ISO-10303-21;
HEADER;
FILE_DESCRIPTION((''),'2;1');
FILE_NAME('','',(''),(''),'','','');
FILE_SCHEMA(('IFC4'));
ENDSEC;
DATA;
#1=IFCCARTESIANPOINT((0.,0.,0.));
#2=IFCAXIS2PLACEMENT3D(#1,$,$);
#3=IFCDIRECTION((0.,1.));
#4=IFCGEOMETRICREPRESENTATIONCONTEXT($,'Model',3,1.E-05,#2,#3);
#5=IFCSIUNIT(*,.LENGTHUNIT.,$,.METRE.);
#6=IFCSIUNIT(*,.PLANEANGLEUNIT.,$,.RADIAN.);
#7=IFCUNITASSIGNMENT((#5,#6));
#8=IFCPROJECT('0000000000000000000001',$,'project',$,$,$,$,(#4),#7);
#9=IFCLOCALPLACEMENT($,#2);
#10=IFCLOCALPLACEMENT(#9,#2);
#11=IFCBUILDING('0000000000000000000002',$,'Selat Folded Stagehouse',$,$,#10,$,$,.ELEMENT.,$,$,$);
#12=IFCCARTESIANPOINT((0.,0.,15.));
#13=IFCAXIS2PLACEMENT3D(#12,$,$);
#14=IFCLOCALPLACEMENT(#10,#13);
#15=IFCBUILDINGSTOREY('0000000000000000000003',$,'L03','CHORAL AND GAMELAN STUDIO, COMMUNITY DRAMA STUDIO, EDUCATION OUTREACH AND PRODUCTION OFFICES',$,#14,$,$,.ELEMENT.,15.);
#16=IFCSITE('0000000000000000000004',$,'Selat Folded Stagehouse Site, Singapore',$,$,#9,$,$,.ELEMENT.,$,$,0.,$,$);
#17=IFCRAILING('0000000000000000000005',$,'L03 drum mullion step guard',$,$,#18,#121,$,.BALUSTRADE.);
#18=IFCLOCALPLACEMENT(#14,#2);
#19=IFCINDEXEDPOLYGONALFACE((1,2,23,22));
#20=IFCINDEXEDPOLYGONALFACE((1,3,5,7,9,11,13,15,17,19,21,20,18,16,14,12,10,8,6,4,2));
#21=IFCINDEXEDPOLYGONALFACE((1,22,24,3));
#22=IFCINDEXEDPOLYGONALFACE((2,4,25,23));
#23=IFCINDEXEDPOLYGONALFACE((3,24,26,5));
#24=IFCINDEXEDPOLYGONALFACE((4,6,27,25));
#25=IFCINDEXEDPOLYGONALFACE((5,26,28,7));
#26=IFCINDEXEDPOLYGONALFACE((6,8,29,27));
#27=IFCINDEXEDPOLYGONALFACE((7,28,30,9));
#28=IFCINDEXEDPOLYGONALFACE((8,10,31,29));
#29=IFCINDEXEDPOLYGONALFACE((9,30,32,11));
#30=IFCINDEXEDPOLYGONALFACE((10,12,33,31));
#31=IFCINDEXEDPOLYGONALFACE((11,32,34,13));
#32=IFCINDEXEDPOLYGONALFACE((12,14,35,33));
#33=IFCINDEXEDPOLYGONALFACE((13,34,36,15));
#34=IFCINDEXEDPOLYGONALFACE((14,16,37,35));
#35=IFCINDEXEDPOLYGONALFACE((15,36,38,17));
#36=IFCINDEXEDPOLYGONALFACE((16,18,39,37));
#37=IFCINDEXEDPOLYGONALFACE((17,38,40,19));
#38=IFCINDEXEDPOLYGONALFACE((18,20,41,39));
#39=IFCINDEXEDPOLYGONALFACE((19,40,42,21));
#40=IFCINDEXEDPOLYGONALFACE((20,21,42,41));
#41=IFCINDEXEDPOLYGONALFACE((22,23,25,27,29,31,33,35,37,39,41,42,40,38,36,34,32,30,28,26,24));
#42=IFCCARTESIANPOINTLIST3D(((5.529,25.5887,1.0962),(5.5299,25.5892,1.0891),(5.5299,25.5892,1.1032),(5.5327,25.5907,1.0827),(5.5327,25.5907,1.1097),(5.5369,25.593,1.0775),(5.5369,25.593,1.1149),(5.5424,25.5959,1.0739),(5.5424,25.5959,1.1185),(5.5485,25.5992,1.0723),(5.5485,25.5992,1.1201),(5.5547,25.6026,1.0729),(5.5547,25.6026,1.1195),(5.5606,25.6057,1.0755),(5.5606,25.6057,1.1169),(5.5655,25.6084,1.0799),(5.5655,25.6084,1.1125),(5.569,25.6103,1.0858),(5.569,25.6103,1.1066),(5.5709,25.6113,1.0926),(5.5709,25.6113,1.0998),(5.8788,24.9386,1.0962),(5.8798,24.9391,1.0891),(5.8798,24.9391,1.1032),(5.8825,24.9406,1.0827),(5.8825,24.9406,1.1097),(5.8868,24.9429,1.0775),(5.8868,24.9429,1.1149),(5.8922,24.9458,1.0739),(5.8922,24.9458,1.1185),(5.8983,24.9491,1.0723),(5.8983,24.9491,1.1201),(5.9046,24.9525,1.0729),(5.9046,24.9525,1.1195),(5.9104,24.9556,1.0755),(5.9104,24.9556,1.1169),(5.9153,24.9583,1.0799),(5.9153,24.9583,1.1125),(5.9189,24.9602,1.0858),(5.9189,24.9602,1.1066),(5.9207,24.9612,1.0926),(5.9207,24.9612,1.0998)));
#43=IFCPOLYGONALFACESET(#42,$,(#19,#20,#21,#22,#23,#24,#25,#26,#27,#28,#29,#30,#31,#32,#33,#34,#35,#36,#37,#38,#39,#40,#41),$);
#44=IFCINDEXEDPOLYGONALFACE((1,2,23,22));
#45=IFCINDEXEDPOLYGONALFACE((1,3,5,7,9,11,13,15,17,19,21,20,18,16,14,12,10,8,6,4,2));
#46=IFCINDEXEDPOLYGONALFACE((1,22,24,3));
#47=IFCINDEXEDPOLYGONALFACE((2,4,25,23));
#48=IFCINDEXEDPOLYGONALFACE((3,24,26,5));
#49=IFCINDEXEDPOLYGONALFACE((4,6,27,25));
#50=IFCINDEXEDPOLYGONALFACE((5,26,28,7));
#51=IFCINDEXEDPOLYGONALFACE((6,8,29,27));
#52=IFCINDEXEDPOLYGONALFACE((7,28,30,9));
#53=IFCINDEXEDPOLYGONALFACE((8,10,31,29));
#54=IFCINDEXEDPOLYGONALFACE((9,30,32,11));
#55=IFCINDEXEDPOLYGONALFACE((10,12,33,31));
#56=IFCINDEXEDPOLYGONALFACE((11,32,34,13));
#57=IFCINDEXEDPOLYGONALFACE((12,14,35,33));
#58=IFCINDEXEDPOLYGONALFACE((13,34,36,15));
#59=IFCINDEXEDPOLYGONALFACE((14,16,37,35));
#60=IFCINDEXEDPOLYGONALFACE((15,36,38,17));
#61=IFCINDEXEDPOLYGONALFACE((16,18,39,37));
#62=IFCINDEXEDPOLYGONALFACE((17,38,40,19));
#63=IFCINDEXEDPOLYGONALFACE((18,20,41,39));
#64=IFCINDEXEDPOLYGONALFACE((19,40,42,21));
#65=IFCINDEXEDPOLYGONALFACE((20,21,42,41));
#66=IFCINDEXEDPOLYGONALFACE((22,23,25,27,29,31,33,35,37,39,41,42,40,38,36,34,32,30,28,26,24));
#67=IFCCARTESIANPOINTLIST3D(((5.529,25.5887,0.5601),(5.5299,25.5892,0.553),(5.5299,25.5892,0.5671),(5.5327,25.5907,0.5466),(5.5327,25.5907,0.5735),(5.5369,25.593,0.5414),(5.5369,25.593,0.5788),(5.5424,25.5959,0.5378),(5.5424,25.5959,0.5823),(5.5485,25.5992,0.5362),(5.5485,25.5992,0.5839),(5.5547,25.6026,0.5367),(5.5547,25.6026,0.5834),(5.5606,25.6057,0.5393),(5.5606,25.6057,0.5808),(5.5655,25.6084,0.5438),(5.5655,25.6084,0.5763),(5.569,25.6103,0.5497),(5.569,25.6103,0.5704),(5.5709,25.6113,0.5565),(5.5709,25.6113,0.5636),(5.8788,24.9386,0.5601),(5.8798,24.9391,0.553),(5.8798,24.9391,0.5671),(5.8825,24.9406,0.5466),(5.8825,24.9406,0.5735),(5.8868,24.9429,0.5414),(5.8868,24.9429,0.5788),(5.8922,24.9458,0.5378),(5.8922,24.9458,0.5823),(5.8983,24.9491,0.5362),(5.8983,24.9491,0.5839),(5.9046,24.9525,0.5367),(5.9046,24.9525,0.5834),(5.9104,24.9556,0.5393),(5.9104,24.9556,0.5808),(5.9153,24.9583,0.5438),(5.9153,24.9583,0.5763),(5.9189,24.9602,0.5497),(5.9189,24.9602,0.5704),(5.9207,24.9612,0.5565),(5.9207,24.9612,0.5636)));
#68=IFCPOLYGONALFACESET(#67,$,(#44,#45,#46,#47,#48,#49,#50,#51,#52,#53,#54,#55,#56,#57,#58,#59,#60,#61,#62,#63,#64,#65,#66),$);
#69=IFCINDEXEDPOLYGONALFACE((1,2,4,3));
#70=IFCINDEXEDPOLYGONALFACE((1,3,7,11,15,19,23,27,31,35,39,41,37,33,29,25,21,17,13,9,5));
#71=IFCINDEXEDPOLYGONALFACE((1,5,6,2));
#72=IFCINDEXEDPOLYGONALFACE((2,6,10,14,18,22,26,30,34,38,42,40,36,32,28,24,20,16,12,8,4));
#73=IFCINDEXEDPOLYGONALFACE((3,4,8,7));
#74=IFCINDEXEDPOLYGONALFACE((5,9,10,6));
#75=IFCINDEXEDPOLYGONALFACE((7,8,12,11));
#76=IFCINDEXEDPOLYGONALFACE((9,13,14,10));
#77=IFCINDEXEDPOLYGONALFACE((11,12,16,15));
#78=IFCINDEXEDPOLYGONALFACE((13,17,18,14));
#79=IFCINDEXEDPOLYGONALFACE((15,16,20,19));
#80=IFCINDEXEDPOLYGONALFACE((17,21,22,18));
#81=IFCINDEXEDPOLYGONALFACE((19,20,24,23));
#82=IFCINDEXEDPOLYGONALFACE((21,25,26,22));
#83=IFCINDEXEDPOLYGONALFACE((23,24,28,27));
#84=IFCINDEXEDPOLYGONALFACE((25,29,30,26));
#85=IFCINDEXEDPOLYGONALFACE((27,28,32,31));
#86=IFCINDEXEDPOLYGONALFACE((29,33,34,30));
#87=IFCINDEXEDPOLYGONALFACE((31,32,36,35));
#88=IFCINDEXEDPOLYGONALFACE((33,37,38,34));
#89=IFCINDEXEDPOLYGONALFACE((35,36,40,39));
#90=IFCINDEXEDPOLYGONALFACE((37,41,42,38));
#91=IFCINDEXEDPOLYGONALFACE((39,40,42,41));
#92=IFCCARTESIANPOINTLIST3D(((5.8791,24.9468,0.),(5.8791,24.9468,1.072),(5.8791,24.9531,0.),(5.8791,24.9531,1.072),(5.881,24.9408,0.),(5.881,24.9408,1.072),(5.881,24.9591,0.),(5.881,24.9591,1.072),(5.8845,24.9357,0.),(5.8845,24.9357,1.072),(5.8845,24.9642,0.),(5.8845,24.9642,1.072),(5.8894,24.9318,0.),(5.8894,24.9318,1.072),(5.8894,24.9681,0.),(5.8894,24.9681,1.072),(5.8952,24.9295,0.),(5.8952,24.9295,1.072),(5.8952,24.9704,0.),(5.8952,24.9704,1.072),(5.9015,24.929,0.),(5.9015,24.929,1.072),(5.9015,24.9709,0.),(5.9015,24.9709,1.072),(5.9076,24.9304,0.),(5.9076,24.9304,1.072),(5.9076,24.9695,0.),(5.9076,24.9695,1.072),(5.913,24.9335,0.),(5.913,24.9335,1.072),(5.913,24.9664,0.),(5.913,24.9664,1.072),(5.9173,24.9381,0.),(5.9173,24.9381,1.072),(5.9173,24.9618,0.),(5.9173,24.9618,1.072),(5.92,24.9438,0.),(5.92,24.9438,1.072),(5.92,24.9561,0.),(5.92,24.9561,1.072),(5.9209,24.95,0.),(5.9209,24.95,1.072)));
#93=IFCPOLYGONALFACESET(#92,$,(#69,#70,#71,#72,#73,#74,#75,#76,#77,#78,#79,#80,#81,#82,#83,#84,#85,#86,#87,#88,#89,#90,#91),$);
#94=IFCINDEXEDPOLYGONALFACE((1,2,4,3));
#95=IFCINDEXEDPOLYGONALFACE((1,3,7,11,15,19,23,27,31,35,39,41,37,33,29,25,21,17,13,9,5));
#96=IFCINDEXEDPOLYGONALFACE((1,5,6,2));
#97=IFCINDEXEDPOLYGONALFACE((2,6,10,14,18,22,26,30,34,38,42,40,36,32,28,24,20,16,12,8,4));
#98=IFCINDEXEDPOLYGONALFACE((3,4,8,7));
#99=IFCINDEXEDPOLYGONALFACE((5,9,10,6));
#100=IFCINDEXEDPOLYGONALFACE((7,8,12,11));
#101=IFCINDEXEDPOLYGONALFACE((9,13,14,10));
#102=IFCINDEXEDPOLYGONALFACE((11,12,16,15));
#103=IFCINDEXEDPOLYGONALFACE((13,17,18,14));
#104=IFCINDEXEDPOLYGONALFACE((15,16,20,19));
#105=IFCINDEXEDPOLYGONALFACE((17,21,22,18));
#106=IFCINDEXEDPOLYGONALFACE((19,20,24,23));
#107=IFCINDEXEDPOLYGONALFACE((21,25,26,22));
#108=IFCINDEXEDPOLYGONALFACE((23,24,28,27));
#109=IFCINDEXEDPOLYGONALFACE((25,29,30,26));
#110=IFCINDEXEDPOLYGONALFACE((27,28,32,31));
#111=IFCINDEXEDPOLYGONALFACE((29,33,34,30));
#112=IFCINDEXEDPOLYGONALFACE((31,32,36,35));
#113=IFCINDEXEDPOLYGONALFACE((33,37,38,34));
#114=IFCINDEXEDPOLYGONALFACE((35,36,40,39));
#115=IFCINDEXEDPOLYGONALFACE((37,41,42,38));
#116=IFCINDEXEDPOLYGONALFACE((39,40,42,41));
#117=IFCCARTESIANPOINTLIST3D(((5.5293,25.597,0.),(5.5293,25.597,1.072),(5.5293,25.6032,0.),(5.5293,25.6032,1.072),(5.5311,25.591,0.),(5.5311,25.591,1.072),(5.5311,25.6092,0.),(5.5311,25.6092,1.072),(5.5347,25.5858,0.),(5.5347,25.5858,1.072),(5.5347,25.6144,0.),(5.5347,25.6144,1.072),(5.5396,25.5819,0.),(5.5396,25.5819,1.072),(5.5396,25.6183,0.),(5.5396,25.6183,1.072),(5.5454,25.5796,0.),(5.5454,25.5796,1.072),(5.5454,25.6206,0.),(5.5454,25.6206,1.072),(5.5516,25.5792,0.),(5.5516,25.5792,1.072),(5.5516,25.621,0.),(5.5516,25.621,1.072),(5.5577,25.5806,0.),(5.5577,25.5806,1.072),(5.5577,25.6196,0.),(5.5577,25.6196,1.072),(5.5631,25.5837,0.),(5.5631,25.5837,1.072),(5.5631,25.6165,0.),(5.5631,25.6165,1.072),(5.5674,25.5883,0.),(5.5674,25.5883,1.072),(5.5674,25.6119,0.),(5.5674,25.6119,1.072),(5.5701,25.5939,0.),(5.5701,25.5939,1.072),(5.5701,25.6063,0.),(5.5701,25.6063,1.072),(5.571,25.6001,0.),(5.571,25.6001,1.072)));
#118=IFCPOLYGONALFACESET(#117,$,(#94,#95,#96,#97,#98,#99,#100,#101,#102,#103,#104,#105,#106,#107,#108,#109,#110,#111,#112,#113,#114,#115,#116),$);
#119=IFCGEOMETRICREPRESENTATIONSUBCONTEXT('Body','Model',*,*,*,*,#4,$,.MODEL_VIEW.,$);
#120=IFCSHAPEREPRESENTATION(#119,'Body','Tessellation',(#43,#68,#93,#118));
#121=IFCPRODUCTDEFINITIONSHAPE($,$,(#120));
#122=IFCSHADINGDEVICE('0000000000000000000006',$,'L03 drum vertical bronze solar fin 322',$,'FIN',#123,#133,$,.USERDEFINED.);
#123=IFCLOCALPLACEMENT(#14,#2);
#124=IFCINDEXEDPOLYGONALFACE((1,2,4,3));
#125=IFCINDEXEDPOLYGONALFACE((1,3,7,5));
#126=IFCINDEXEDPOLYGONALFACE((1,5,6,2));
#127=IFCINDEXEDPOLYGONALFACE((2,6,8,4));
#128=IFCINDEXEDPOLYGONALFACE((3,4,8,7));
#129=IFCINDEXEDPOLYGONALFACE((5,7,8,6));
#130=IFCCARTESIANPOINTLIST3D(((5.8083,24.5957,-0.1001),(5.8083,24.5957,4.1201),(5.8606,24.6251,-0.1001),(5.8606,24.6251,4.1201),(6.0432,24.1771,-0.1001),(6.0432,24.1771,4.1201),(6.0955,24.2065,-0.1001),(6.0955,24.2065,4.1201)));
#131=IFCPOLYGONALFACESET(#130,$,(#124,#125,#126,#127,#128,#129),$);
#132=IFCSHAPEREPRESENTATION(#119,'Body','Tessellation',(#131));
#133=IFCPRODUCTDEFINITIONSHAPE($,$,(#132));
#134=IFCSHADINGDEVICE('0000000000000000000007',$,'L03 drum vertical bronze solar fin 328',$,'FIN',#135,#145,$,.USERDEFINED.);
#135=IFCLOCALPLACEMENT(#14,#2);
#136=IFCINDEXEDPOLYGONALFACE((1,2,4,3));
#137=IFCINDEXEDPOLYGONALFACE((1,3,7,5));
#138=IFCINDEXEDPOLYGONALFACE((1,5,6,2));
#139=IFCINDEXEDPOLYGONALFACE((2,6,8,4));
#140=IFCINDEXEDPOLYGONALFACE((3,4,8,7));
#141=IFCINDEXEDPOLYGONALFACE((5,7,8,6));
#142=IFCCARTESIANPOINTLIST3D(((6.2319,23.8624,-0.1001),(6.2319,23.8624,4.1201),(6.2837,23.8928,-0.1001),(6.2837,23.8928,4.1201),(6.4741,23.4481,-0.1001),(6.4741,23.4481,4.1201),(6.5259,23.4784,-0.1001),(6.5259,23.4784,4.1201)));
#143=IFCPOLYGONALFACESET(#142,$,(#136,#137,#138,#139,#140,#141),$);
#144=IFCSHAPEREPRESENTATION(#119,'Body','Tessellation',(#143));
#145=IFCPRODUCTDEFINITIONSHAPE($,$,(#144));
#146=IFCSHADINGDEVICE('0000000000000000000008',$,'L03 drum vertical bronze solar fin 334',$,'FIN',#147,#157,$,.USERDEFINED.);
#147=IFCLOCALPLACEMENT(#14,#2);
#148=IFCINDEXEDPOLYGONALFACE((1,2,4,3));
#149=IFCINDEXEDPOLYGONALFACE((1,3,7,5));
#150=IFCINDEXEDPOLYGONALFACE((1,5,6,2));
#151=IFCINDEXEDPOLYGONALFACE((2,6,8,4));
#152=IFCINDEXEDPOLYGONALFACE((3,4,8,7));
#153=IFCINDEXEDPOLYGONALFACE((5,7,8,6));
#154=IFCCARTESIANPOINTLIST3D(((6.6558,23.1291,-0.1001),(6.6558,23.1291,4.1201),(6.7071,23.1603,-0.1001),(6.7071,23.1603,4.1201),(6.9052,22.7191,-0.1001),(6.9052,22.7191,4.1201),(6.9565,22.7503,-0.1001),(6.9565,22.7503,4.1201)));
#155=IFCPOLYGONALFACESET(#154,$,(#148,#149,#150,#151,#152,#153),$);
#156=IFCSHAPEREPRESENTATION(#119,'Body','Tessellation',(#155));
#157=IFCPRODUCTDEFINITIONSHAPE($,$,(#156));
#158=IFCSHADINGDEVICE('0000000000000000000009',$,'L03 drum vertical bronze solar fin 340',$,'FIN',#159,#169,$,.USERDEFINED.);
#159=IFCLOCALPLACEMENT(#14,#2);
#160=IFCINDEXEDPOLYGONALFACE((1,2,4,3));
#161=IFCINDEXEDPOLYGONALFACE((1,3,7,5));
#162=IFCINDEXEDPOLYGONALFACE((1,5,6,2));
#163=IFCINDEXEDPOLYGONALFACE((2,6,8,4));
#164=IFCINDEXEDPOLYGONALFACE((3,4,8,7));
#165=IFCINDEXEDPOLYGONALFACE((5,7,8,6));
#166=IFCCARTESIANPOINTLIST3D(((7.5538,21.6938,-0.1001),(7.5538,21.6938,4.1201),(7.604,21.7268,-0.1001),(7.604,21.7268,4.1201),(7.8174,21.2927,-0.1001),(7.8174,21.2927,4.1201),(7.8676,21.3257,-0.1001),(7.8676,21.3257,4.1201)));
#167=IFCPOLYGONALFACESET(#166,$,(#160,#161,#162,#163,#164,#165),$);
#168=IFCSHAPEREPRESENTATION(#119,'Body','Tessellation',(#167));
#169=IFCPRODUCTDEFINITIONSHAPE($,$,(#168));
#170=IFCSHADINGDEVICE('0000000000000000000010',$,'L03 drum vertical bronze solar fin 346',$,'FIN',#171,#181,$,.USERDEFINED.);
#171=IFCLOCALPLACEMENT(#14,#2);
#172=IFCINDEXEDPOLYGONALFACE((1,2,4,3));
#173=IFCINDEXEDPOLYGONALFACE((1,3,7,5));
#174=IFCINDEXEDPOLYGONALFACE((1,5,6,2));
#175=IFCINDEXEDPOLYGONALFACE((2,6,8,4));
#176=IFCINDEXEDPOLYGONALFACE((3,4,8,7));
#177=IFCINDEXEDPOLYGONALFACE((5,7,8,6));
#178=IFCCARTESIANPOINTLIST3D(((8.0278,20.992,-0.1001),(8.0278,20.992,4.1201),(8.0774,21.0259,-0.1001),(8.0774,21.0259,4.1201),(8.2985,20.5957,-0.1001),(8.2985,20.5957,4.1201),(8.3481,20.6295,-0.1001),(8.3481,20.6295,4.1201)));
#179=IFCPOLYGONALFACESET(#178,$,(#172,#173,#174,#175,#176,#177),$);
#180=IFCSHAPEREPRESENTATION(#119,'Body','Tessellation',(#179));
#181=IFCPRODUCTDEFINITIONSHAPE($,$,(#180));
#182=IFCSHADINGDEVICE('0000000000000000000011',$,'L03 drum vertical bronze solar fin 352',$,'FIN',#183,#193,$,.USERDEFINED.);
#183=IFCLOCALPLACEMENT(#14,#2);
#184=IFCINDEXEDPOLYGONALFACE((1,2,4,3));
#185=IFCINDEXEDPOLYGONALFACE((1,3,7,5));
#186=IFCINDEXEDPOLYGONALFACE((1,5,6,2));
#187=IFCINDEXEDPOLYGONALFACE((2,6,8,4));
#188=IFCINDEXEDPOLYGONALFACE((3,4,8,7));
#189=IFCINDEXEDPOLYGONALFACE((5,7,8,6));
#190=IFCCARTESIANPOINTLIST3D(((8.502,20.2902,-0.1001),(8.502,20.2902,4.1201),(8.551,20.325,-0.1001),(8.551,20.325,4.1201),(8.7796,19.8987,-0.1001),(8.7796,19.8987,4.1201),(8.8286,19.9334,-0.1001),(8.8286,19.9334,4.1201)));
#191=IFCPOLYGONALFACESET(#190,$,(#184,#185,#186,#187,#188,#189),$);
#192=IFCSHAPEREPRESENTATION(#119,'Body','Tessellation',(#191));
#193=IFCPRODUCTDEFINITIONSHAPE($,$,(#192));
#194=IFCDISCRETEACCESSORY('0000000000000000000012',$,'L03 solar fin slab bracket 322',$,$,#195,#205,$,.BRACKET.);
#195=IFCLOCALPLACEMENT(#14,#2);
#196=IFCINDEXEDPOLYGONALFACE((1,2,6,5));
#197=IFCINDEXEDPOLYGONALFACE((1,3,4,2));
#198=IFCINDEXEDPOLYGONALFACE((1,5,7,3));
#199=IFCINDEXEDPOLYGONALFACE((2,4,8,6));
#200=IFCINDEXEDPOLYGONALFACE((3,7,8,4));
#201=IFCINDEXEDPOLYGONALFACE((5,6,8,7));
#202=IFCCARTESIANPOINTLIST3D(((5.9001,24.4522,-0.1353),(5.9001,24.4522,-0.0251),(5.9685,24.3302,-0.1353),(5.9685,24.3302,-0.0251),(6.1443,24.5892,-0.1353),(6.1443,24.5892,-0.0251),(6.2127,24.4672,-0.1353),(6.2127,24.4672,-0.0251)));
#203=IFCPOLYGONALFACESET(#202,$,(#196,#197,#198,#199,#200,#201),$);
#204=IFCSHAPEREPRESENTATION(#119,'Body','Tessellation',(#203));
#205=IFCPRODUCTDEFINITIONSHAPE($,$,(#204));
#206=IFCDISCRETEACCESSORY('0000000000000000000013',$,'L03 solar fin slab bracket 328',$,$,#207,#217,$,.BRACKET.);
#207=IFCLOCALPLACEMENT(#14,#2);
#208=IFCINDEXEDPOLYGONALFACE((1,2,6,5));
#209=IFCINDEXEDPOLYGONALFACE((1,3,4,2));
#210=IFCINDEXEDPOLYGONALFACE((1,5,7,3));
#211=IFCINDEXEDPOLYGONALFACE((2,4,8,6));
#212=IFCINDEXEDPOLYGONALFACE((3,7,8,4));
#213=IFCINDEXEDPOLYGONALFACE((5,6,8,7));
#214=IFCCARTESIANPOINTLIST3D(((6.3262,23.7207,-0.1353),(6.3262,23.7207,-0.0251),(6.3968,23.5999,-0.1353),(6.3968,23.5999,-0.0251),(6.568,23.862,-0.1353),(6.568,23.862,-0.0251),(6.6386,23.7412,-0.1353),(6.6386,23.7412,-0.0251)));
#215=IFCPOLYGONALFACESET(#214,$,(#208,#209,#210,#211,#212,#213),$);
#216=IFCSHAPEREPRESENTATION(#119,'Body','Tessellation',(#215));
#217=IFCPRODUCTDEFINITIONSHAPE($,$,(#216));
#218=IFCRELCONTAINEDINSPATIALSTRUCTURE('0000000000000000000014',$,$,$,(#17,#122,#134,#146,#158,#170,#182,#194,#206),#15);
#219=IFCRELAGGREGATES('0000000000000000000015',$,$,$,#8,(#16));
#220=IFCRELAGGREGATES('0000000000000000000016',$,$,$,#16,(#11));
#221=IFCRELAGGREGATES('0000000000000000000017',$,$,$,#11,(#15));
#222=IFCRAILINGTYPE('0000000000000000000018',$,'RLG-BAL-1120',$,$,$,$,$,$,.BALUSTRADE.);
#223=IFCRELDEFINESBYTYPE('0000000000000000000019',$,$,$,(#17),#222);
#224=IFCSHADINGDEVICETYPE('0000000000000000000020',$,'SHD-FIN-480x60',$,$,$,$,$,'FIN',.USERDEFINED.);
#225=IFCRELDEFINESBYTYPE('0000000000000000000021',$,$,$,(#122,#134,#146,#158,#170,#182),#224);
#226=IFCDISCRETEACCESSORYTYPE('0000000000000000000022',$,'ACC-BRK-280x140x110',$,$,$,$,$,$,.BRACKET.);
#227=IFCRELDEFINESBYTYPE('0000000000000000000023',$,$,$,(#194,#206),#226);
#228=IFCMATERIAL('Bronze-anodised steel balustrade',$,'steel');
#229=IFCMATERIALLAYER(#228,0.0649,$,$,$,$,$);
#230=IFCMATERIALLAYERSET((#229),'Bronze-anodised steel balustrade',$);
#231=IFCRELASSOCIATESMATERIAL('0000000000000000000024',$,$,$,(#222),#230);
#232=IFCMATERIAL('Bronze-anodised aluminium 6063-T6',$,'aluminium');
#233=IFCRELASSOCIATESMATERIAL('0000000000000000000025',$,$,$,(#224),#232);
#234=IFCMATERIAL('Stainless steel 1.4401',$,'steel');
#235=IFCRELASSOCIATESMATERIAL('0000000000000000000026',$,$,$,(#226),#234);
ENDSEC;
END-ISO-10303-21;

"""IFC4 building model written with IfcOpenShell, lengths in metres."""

from ifc_helpers import new_model, si_unit, direction, frame, origin, origin_2d, place, context, subcontext, project, spatial, rectangle, circle, extrude, material, layer, layer_set, material_profile, profile_set, type_object, element, save


model = new_model("IFC4")

# Units and contexts
model_context = context("Model", 3, precision=1e-05, world=origin(), true_north=direction((0.0, 1.0)))
body_context = subcontext(model_context, "Body", "Model", "MODEL_VIEW")
ifc_project = project(units=[si_unit("LENGTHUNIT", "METRE"), si_unit("PLANEANGLEUNIT", "RADIAN")], contexts=[model_context])

# Site, building, storey
site_placement = place(None, origin())
site = spatial("IfcSite", under=ifc_project, at=site_placement, Name="Selat Folded Stagehouse Site, Singapore", CompositionType="ELEMENT", RefElevation=0.0)
building_placement = place(site_placement, origin())
building = spatial("IfcBuilding", under=site, at=building_placement, Name="Selat Folded Stagehouse", CompositionType="ELEMENT")
storey_placement = place(building_placement, frame((0.0, 0.0, 15.0)))
storey = spatial("IfcBuildingStorey", under=building, at=storey_placement, Name="L03", Description="CHORAL AND GAMELAN STUDIO, COMMUNITY DRAMA STUDIO, EDUCATION OUTREACH AND PRODUCTION OFFICES", CompositionType="ELEMENT", Elevation=15.0)

# Railing
ifc_material_1 = material(Name="Bronze-anodised steel balustrade", Category="steel")
ifc_layer_1 = layer(ifc_material_1, 0.0649)
ifc_layer_set_1 = layer_set([ifc_layer_1], Name="Bronze-anodised steel balustrade")
railing_type = type_object("IfcRailingType", Name="RLG-BAL-1120", PredefinedType="BALUSTRADE", material=ifc_layer_set_1)
railing_placement = place(storey_placement, frame((5.8999, 24.95, 0.0)))
element("IfcRailing", 1, at=railing_placement, inside=storey, type_object=railing_type, Name="L03 drum mullion step guard", PredefinedType="BALUSTRADE", context=body_context, shape_type="SweptSolid", body=[
    extrude(circle(Radius=0.0239, at=origin_2d()), frame((0.0, 0.0, 1.0962), z_axis=(-0.473863, 0.880598, 0.0), x_axis=(-0.880598, -0.473863, 0.0)), (0.0, 0.0, 1.0), 0.7383),
    extrude(circle(Radius=0.0239, at=origin_2d()), frame((0.0, 0.0, 0.5601), z_axis=(-0.473863, 0.880598, 0.0), x_axis=(-0.880598, -0.473863, 0.0)), (0.0, 0.0, 1.0), 0.7383),
    extrude(circle(Radius=0.021, at=origin_2d()), origin(), (0.0, 0.0, 1.0), 1.072),
    extrude(circle(Radius=0.021, at=origin_2d()), frame((-0.3499, 0.6501, 0.0)), (0.0, 0.0, 1.0), 1.072),
])

# Shading devices
ifc_material_2 = material(Name="Bronze-anodised aluminium 6063-T6", Category="aluminium")
ifc_material_profile_1 = material_profile(ifc_material_2, rectangle(XDim=0.0601, YDim=0.48, at=origin_2d()), Name="SOLAR-FIN 480x60")
ifc_profile_set_1 = profile_set([ifc_material_profile_1], Name="Bronze-anodised aluminium 6063-T6")
shading_device_type = type_object("IfcShadingDeviceType", Name="SHD-FIN-480x60", ElementType="FIN", PredefinedType="USERDEFINED", material=ifc_profile_set_1)
for number, where, z_axis, x_axis, name in (
    (2, (5.9519, 24.4011, -0.1001), (0.0, 0.0, 1.0), (-0.872069, -0.489382, 0.0), "L03 drum vertical bronze solar fin 322"),
    (3, (6.3789, 23.6704, -0.1001), (0.0, 0.0, 1.0), (-0.863307, -0.504678, 0.0), "L03 drum vertical bronze solar fin 328"),
    (4, (6.8062, 22.9397, -0.1001), (0.0, 0.0, 1.0), (-0.854368, -0.519668, 0.0), "L03 drum vertical bronze solar fin 334"),
    (5, (7.7107, 21.5098, -0.1001), (0.0, 0.0, 1.0), (-0.835616, -0.549315, 0.0), "L03 drum vertical bronze solar fin 340"),
    (6, (8.188, 20.8108, -0.1001), (0.0, 0.0, 1.0), (-0.825803, -0.563959, 0.0), "L03 drum vertical bronze solar fin 346"),
    (7, (8.6653, 20.1118, -0.1001), (0.0, 0.0, 1.0), (-0.815734, -0.578427, 0.0), "L03 drum vertical bronze solar fin 352"),
):
    element("IfcShadingDevice", number, at=place(storey_placement, frame(where, z_axis=z_axis, x_axis=x_axis)), inside=storey, type_object=shading_device_type, Name=name, ObjectType="FIN", PredefinedType="USERDEFINED", context=body_context, shape_type="SweptSolid", body=[
        extrude(rectangle(XDim=0.0601, YDim=0.48, at=origin_2d()), origin(), (0.0, 0.0, 1.0), 4.2202),
    ])

# Discrete accessories
ifc_material_3 = material(Name="Stainless steel 1.4401", Category="steel")
discrete_accessory_type = type_object("IfcDiscreteAccessoryType", Name="ACC-BRK-280x140x110", PredefinedType="BRACKET", material=ifc_material_3)
for number, where, z_axis, x_axis, name in (
    (8, (6.0564, 24.4597, -0.1353), (0.0, 0.0, 1.0), (-0.872069, -0.489382, 0.0), "L03 solar fin slab bracket 322"),
    (9, (6.4824, 23.731, -0.1353), (0.0, 0.0, 1.0), (-0.863307, -0.504678, 0.0), "L03 solar fin slab bracket 328"),
):
    element("IfcDiscreteAccessory", number, at=place(storey_placement, frame(where, z_axis=z_axis, x_axis=x_axis)), inside=storey, type_object=discrete_accessory_type, Name=name, PredefinedType="BRACKET", context=body_context, shape_type="SweptSolid", body=[
        extrude(rectangle(XDim=0.28, YDim=0.1399, at=origin_2d()), origin(), (0.0, 0.0, 1.0), 0.1101),
    ])

save(model, "model.ifc")
